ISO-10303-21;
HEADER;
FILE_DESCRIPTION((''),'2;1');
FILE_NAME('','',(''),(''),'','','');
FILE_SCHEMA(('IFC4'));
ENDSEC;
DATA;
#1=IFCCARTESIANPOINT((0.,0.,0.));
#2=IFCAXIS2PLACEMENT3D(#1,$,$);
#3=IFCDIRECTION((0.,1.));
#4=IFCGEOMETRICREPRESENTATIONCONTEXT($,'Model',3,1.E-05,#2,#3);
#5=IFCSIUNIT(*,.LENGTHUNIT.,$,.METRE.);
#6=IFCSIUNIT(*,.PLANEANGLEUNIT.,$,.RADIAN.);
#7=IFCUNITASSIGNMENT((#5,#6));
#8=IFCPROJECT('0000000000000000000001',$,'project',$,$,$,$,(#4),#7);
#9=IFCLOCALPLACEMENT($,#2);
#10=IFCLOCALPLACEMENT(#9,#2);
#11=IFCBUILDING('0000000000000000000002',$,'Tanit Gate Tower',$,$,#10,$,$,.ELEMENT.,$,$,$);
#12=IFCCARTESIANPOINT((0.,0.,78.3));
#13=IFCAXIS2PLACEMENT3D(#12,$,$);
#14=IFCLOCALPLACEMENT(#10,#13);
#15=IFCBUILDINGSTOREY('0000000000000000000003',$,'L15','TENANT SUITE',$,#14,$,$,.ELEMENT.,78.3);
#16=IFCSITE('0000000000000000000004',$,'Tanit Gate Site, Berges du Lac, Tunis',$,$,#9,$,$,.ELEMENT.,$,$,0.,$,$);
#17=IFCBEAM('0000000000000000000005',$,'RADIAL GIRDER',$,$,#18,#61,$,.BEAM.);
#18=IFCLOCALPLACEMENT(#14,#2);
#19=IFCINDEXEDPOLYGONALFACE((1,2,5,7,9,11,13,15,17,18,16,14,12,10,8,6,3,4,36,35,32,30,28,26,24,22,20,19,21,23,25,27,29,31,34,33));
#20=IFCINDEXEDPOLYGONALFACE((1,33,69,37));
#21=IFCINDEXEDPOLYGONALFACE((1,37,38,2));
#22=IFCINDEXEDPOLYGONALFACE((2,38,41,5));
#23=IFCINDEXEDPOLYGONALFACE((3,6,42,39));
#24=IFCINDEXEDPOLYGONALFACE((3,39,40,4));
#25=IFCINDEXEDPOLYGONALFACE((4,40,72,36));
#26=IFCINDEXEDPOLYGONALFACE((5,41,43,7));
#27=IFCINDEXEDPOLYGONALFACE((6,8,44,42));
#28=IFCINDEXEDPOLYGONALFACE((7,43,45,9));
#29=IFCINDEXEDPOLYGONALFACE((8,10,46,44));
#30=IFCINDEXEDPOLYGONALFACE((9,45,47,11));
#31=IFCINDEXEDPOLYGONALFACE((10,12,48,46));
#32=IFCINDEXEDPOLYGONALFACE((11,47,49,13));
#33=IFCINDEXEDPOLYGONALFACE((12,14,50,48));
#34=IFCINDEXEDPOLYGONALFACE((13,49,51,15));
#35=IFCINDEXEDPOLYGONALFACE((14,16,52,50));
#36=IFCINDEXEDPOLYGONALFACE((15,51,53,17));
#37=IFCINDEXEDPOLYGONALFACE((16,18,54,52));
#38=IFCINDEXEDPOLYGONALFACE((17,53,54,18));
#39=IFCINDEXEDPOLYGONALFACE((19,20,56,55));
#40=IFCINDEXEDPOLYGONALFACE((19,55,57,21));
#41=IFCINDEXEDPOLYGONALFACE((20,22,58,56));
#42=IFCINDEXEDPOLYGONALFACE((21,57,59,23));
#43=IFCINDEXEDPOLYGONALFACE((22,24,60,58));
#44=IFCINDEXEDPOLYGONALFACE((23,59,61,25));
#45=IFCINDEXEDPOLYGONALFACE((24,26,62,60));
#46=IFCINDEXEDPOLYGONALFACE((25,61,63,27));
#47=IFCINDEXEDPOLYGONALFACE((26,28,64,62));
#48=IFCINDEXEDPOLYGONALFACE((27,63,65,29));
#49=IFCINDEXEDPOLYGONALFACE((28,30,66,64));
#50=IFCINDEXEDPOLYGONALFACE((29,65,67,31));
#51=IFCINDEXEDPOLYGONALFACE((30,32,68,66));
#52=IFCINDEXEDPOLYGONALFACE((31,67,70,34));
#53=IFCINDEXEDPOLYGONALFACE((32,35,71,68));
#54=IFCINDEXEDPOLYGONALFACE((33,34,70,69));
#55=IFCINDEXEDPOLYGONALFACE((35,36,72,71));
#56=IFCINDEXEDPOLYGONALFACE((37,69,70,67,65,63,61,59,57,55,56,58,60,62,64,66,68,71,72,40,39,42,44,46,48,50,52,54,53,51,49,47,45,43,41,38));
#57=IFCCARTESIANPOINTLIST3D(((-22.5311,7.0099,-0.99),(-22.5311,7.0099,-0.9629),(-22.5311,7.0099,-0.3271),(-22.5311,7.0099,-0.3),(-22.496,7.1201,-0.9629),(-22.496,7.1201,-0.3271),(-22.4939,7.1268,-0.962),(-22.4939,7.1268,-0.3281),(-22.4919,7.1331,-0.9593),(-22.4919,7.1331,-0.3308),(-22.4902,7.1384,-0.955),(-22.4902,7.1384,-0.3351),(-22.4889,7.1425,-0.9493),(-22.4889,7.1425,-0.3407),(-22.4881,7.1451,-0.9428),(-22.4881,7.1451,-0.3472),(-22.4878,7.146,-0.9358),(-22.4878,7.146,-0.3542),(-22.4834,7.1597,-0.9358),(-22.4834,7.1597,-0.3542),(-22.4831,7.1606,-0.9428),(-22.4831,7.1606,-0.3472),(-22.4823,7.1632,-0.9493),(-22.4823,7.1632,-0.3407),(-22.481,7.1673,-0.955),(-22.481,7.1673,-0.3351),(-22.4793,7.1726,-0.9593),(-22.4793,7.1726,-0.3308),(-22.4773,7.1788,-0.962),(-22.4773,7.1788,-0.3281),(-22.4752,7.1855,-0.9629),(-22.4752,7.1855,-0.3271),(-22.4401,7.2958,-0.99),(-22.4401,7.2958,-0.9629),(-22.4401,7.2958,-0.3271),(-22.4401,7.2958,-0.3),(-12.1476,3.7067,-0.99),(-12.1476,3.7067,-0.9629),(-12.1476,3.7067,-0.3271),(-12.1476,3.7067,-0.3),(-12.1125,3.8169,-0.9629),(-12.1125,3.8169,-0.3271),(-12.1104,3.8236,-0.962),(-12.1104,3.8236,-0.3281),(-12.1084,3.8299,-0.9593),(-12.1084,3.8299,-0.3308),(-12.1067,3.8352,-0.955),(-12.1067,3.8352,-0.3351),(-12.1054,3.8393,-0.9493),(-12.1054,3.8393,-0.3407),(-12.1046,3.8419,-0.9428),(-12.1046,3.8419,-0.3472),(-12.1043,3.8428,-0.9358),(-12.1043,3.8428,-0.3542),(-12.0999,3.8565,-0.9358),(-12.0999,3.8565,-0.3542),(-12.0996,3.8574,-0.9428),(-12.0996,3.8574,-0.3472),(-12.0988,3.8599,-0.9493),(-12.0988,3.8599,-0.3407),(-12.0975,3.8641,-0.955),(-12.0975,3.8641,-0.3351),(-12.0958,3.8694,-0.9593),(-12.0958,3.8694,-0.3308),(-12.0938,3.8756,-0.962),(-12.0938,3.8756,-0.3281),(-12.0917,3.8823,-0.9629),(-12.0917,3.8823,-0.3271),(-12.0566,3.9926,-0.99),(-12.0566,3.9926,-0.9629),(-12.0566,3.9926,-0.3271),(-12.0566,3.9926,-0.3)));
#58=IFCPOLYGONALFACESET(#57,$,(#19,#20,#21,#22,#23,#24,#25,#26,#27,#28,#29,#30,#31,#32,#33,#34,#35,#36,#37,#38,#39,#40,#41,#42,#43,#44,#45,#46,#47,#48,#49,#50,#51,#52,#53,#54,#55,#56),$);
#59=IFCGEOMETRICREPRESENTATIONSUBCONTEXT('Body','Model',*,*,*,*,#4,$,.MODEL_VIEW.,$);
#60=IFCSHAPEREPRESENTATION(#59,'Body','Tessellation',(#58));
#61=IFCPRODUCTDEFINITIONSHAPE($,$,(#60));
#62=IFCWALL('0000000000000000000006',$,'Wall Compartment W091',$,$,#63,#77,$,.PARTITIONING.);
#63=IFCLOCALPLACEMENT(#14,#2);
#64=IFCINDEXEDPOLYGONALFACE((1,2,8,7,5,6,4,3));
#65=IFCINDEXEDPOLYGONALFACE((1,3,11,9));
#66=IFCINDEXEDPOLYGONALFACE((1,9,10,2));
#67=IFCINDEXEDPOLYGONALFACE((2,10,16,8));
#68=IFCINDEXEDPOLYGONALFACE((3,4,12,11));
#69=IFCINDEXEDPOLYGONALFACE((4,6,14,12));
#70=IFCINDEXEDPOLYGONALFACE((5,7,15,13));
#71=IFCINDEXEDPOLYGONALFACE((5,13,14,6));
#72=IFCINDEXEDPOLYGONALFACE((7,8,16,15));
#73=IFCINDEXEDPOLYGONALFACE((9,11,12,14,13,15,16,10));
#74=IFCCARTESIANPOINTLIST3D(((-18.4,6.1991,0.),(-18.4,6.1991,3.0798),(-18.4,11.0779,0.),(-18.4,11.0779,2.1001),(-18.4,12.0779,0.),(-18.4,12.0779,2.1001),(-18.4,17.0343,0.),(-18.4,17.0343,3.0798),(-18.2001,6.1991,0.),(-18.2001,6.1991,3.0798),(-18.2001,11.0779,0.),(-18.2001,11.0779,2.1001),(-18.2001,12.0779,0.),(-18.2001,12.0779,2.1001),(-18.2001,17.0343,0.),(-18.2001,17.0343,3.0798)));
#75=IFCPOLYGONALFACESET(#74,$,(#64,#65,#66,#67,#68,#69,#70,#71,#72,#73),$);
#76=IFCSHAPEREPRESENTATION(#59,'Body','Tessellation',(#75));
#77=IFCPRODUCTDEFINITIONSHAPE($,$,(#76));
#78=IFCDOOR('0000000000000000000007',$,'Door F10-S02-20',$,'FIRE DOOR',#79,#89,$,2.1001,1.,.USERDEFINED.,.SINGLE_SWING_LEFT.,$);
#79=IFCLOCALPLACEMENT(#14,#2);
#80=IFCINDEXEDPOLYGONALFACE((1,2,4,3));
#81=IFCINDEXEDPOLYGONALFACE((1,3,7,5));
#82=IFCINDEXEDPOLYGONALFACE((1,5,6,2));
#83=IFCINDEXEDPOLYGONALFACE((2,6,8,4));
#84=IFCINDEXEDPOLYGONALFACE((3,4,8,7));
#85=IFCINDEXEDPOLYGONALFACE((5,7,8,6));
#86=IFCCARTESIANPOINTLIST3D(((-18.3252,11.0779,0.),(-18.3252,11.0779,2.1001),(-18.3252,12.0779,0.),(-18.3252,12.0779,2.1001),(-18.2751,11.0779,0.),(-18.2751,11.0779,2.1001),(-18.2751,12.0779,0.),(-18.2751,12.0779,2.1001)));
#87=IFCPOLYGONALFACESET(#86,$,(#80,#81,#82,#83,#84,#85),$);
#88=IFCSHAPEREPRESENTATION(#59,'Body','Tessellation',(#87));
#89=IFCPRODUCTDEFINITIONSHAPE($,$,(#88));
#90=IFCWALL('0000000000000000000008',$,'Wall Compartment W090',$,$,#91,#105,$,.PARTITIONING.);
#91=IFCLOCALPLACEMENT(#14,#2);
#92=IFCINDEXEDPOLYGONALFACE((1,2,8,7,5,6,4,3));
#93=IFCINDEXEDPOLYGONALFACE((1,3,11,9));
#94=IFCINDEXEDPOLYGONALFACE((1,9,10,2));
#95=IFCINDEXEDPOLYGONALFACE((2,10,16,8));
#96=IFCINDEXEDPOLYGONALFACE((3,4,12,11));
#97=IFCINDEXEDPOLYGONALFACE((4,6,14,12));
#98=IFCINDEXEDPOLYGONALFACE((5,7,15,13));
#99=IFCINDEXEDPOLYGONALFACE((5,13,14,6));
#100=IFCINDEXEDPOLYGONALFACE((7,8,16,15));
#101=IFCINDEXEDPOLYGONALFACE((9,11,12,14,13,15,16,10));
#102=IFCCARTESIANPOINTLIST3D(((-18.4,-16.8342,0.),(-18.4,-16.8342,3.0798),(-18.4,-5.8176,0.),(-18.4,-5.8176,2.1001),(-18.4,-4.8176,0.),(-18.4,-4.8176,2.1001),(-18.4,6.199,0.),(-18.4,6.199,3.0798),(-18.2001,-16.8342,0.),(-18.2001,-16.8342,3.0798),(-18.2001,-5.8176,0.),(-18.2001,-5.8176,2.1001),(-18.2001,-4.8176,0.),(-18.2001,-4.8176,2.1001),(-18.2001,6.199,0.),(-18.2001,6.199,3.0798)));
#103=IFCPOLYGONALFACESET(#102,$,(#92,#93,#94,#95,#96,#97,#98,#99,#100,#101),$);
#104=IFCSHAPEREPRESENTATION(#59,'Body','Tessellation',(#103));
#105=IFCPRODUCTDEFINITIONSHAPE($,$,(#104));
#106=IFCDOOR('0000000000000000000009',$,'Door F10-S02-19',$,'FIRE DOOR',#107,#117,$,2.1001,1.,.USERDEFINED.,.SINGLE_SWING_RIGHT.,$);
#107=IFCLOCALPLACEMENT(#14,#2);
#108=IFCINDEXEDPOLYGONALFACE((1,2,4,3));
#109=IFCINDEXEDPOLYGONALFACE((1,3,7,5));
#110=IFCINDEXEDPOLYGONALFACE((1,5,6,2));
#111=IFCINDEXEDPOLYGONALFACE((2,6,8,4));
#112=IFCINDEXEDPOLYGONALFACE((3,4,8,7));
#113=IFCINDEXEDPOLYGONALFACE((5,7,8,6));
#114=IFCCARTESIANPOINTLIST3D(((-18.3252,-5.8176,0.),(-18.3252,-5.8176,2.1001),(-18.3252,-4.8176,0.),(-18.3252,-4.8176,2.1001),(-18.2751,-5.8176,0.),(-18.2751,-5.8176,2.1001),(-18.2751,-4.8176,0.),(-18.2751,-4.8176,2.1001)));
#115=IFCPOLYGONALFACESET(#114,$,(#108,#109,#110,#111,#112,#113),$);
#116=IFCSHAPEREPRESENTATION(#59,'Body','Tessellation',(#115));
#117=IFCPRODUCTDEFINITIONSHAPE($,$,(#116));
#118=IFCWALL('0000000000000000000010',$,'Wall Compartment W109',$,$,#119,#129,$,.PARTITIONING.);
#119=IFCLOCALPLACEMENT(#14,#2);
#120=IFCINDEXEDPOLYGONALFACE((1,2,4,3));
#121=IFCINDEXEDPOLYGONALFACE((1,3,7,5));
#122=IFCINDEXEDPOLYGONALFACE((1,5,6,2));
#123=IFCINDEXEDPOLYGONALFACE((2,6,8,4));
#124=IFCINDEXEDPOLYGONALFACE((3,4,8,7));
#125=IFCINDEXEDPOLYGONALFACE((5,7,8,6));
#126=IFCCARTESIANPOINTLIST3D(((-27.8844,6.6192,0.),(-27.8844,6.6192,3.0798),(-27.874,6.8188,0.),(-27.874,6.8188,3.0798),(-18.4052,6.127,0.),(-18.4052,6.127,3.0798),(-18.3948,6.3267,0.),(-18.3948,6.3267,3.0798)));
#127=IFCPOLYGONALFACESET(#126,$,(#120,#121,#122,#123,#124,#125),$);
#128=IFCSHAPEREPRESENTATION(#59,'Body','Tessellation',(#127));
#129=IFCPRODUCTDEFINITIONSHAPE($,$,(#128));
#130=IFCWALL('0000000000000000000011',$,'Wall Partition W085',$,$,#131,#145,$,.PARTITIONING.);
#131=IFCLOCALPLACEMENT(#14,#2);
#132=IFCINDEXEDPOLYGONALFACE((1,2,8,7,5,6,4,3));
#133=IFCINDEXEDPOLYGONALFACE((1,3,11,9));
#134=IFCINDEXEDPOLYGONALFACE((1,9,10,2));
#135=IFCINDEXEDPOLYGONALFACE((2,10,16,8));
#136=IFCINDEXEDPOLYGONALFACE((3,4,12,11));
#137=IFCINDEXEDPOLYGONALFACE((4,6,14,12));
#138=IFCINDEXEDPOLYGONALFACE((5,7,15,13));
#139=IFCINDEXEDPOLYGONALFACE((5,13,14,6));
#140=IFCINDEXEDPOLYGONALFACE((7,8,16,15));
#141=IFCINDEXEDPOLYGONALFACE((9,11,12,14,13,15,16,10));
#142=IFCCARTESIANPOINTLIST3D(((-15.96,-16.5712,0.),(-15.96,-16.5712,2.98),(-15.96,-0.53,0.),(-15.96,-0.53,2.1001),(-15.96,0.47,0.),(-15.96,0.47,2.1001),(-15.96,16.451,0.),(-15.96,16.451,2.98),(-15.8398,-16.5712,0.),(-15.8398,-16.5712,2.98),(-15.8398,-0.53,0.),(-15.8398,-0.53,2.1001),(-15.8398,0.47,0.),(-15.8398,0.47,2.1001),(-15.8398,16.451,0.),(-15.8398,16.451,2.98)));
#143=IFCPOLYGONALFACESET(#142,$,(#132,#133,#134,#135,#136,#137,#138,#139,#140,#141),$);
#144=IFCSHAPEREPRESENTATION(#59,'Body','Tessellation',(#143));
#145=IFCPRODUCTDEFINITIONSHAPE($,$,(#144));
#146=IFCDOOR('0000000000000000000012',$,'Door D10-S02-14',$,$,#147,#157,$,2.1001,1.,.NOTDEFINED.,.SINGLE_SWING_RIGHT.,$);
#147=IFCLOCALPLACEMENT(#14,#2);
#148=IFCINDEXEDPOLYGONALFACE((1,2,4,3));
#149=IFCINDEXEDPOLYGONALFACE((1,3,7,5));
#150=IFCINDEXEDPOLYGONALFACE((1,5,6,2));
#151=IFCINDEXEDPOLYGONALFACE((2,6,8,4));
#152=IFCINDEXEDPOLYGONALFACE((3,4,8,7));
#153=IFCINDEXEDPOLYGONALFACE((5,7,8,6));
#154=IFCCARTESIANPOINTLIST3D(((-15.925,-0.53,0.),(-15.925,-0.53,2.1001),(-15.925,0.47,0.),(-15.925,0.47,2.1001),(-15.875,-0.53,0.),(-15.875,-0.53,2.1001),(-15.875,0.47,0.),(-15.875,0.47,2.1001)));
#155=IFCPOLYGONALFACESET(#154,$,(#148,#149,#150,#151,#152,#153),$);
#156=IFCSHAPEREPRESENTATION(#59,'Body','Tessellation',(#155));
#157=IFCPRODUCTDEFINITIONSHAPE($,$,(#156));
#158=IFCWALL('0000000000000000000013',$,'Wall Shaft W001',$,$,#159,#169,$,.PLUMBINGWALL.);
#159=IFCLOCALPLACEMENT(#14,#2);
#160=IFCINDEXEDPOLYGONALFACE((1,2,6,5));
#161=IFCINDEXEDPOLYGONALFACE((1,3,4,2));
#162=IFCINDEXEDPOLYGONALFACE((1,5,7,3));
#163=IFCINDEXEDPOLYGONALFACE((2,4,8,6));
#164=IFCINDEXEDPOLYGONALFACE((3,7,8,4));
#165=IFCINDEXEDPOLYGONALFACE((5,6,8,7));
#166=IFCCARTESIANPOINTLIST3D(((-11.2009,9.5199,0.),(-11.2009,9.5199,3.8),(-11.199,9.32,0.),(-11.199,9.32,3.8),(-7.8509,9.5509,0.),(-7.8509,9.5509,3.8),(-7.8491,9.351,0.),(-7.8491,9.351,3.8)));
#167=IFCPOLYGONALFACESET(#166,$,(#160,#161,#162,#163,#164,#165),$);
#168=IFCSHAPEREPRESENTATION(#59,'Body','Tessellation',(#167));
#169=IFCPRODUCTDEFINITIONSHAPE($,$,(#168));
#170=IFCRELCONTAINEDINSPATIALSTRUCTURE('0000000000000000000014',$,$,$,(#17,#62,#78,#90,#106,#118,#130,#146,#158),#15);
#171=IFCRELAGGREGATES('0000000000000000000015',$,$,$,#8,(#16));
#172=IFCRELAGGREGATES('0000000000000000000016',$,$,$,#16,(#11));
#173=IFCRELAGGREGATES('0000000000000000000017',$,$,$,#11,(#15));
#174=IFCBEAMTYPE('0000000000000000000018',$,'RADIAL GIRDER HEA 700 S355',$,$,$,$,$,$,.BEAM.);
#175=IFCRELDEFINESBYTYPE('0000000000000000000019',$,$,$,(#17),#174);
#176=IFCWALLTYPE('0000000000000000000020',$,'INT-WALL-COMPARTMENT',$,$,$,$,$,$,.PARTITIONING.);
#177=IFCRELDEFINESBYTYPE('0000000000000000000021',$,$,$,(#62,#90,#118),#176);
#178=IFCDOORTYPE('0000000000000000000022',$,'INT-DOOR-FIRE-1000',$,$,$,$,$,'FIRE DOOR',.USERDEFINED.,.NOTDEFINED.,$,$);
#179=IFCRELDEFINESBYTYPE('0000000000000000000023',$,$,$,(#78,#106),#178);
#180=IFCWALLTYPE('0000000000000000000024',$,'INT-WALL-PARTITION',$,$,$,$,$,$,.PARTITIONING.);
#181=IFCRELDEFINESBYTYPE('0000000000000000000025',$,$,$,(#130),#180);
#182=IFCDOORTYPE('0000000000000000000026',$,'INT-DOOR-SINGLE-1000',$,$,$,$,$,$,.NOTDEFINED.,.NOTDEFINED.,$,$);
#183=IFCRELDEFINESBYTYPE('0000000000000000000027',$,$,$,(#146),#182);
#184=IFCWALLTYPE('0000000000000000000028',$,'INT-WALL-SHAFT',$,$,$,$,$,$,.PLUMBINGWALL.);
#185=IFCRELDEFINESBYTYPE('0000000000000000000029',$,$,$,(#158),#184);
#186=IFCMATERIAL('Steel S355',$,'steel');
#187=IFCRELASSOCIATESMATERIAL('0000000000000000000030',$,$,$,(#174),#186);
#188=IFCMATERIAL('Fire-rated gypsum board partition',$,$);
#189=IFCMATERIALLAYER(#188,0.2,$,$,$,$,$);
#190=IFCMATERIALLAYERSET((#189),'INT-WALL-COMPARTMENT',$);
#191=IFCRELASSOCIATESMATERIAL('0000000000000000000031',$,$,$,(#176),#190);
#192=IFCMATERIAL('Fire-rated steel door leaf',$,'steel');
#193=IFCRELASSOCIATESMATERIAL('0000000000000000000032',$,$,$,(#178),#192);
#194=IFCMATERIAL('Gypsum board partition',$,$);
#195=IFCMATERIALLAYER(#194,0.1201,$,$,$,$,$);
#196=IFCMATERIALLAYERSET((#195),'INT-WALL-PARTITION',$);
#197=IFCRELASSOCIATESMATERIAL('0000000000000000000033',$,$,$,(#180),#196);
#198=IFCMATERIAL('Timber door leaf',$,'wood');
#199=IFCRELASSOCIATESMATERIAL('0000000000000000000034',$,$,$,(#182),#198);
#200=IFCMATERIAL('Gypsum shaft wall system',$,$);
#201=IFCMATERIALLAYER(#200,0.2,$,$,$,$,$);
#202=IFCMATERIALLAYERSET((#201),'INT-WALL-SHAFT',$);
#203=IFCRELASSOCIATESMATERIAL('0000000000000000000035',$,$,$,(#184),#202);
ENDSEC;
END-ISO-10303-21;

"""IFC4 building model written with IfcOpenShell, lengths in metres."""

from ifc_helpers import new_model, si_unit, direction, frame, frame_2d, origin, origin_2d, place, context, subcontext, project, spatial, rectangle, i_section, extrude, material, layer, layer_set, material_profile, profile_set, type_object, element, fill, save


model = new_model("IFC4")

# Units and contexts
model_context = context("Model", 3, precision=1e-05, world=origin(), true_north=direction((0.0, 1.0)))
body_context = subcontext(model_context, "Body", "Model", "MODEL_VIEW")
ifc_project = project(units=[si_unit("LENGTHUNIT", "METRE"), si_unit("PLANEANGLEUNIT", "RADIAN")], contexts=[model_context])

# Site, building, storey
site_placement = place(None, origin())
site = spatial("IfcSite", under=ifc_project, at=site_placement, Name="Tanit Gate Site, Berges du Lac, Tunis", CompositionType="ELEMENT", RefElevation=0.0)
building_placement = place(site_placement, origin())
building = spatial("IfcBuilding", under=site, at=building_placement, Name="Tanit Gate Tower", CompositionType="ELEMENT")
storey_placement = place(building_placement, frame((0.0, 0.0, 78.3)))
storey = spatial("IfcBuildingStorey", under=building, at=storey_placement, Name="L15", Description="TENANT SUITE", CompositionType="ELEMENT", Elevation=78.3)

# Beam
ifc_material_1 = material(Name="Steel S355", Category="steel")
ifc_material_profile = material_profile(ifc_material_1, i_section(OverallWidth=0.3, OverallDepth=0.6899, WebThickness=0.0144, FlangeThickness=0.0271, FilletRadius=0.0271, at=origin_2d()), Name="HEA 700")
ifc_profile_set = profile_set([ifc_material_profile], Name="Steel S355")
beam_type = type_object("IfcBeamType", Name="RADIAL GIRDER HEA 700 S355", PredefinedType="BEAM", material=ifc_profile_set)
beam_placement = place(storey_placement, frame((-22.4856, 7.1528, -0.645), z_axis=(0.952943, -0.303151, 0.0), x_axis=(0.303151, 0.952943, 0.0)))
element("IfcBeam", 1, at=beam_placement, inside=storey, type_object=beam_type, Name="RADIAL GIRDER", PredefinedType="BEAM", context=body_context, shape_type="SweptSolid", body=[
    extrude(i_section(OverallWidth=0.3, OverallDepth=0.6899, WebThickness=0.0144, FlangeThickness=0.0271, FilletRadius=0.0271, at=origin_2d()), origin(), (0.0, 0.0, 1.0), 10.8962),
])

# Walls, openings, doors
ifc_material_2 = material(Name="Fire-rated gypsum board partition")
ifc_layer_1 = layer(ifc_material_2, 0.2)
ifc_layer_set_1 = layer_set([ifc_layer_1], Name="INT-WALL-COMPARTMENT")
wall_type_1 = type_object("IfcWallType", Name="INT-WALL-COMPARTMENT", PredefinedType="PARTITIONING", material=ifc_layer_set_1)
wall_1_placement = place(storey_placement, frame((-18.3, 17.0342, 0.0), z_axis=(0.0, 0.0, 1.0), x_axis=(0.0, -1.0, 0.0)))
wall_1 = element("IfcWall", 2, at=wall_1_placement, inside=storey, type_object=wall_type_1, Name="Wall Compartment W091", PredefinedType="PARTITIONING", context=body_context, shape_type="SweptSolid", body=[
    extrude(rectangle(XDim=10.8352, YDim=0.2, at=frame_2d((5.4175, 0.0))), origin(), (0.0, 0.0, 1.0), 3.0798),
])
opening_1_placement = place(wall_1_placement, frame((4.9563, 0.0, 0.0)))
opening_1 = element("IfcOpeningElement", 3, at=opening_1_placement, cuts=wall_1, PredefinedType="OPENING", context=body_context, shape_type="SweptSolid", body=[
    extrude(rectangle(XDim=1.0, YDim=2.1001, at=frame_2d((0.5, 1.05))), frame((0.0, 0.1099, 0.0), z_axis=(0.0, -1.0, 0.0), x_axis=(1.0, 0.0, 0.0)), (0.0, 0.0, 1.0), 0.22),
])
ifc_material_3 = material(Name="Fire-rated steel door leaf", Category="steel")
door_type_1 = type_object("IfcDoorType", Name="INT-DOOR-FIRE-1000", ElementType="FIRE DOOR", OperationType="NOTDEFINED", PredefinedType="USERDEFINED", material=ifc_material_3)
door_1_placement = place(opening_1_placement, origin())
door_1 = element("IfcDoor", 4, at=door_1_placement, inside=storey, type_object=door_type_1, Name="Door F10-S02-20", ObjectType="FIRE DOOR", OperationType="SINGLE_SWING_LEFT", OverallHeight=2.1001, OverallWidth=1.0, PredefinedType="USERDEFINED", context=body_context, shape_type="SweptSolid", body=[
    extrude(rectangle(XDim=1.0, YDim=2.1001, at=frame_2d((0.5, 1.05))), frame((0.0, 0.0249, 0.0), z_axis=(0.0, -1.0, 0.0), x_axis=(1.0, 0.0, 0.0)), (0.0, 0.0, 1.0), 0.05),
])
fill(opening_1, door_1)
wall_2_placement = place(storey_placement, frame((-18.3, 6.199, 0.0), z_axis=(0.0, 0.0, 1.0), x_axis=(0.0, -1.0, 0.0)))
wall_2 = element("IfcWall", 5, at=wall_2_placement, inside=storey, type_object=wall_type_1, Name="Wall Compartment W090", PredefinedType="PARTITIONING", context=body_context, shape_type="SweptSolid", body=[
    extrude(rectangle(XDim=23.0332, YDim=0.2, at=frame_2d((11.5166, 0.0))), origin(), (0.0, 0.0, 1.0), 3.0798),
])
opening_2_placement = place(wall_2_placement, frame((11.0166, 0.0, 0.0)))
opening_2 = element("IfcOpeningElement", 6, at=opening_2_placement, cuts=wall_2, PredefinedType="OPENING", context=body_context, shape_type="SweptSolid", body=[
    extrude(rectangle(XDim=1.0, YDim=2.1001, at=frame_2d((0.5, 1.05))), frame((0.0, 0.1099, 0.0), z_axis=(0.0, -1.0, 0.0), x_axis=(1.0, 0.0, 0.0)), (0.0, 0.0, 1.0), 0.22),
])
door_2_placement = place(opening_2_placement, origin())
door_2 = element("IfcDoor", 7, at=door_2_placement, inside=storey, type_object=door_type_1, Name="Door F10-S02-19", ObjectType="FIRE DOOR", OperationType="SINGLE_SWING_RIGHT", OverallHeight=2.1001, OverallWidth=1.0, PredefinedType="USERDEFINED", context=body_context, shape_type="SweptSolid", body=[
    extrude(rectangle(XDim=1.0, YDim=2.1001, at=frame_2d((0.5, 1.05))), frame((0.0, 0.0249, 0.0), z_axis=(0.0, -1.0, 0.0), x_axis=(1.0, 0.0, 0.0)), (0.0, 0.0, 1.0), 0.05),
])
fill(opening_2, door_2)

# Wall
wall_3_placement = place(storey_placement, frame((-18.3999, 6.2268, 0.0), z_axis=(0.0, 0.0, 1.0), x_axis=(-0.998655, 0.051853, 0.0)))
element("IfcWall", 8, at=wall_3_placement, inside=storey, type_object=wall_type_1, Name="Wall Compartment W109", PredefinedType="PARTITIONING", context=body_context, shape_type="SweptSolid", body=[
    extrude(rectangle(XDim=9.4919, YDim=0.2, at=frame_2d((4.7461, 0.0))), origin(), (0.0, 0.0, 1.0), 3.0798),
])

# Wall, opening, door
ifc_material_4 = material(Name="Gypsum board partition")
ifc_layer_2 = layer(ifc_material_4, 0.1201)
ifc_layer_set_2 = layer_set([ifc_layer_2], Name="INT-WALL-PARTITION")
wall_type_2 = type_object("IfcWallType", Name="INT-WALL-PARTITION", PredefinedType="PARTITIONING", material=ifc_layer_set_2)
wall_4_placement = place(storey_placement, frame((-15.8999, 16.4512, 0.0), z_axis=(0.0, 0.0, 1.0), x_axis=(0.0, -1.0, 0.0)))
wall_4 = element("IfcWall", 9, at=wall_4_placement, inside=storey, type_object=wall_type_2, Name="Wall Partition W085", PredefinedType="PARTITIONING", context=body_context, shape_type="SweptSolid", body=[
    extrude(rectangle(XDim=33.0222, YDim=0.1201, at=frame_2d((16.5112, 0.0))), origin(), (0.0, 0.0, 1.0), 2.98),
])
opening_3_placement = place(wall_4_placement, frame((15.9812, 0.0, 0.0)))
opening_3 = element("IfcOpeningElement", 10, at=opening_3_placement, cuts=wall_4, PredefinedType="OPENING", context=body_context, shape_type="SweptSolid", body=[
    extrude(rectangle(XDim=1.0, YDim=2.1001, at=frame_2d((0.5, 1.05))), frame((0.0, 0.0701, 0.0), z_axis=(0.0, -1.0, 0.0), x_axis=(1.0, 0.0, 0.0)), (0.0, 0.0, 1.0), 0.1401),
])
ifc_material_5 = material(Name="Timber door leaf", Category="wood")
door_type_2 = type_object("IfcDoorType", Name="INT-DOOR-SINGLE-1000", OperationType="NOTDEFINED", PredefinedType="NOTDEFINED", material=ifc_material_5)
door_3_placement = place(opening_3_placement, origin())
door_3 = element("IfcDoor", 11, at=door_3_placement, inside=storey, type_object=door_type_2, Name="Door D10-S02-14", OperationType="SINGLE_SWING_RIGHT", OverallHeight=2.1001, OverallWidth=1.0, PredefinedType="NOTDEFINED", context=body_context, shape_type="SweptSolid", body=[
    extrude(rectangle(XDim=1.0, YDim=2.1001, at=frame_2d((0.5, 1.05))), frame((0.0, 0.0249, 0.0), z_axis=(0.0, -1.0, 0.0), x_axis=(1.0, 0.0, 0.0)), (0.0, 0.0, 1.0), 0.05),
])
fill(opening_3, door_3)

# Wall
ifc_material_6 = material(Name="Gypsum shaft wall system")
ifc_layer_3 = layer(ifc_material_6, 0.2)
ifc_layer_set_3 = layer_set([ifc_layer_3], Name="INT-WALL-SHAFT")
wall_type_3 = type_object("IfcWallType", Name="INT-WALL-SHAFT", PredefinedType="PLUMBINGWALL", material=ifc_layer_set_3)
wall_5_placement = place(storey_placement, frame((-11.2, 9.4199, 0.0), z_axis=(0.0, 0.0, 1.0), x_axis=(0.999957, 0.009255, 0.0)))
element("IfcWall", 12, at=wall_5_placement, inside=storey, type_object=wall_type_3, Name="Wall Shaft W001", PredefinedType="PLUMBINGWALL", context=body_context, shape_type="SweptSolid", body=[
    extrude(rectangle(XDim=3.3501, YDim=0.2, at=frame_2d((1.675, 0.0))), origin(), (0.0, 0.0, 1.0), 3.8),
])

save(model, "model.ifc")
